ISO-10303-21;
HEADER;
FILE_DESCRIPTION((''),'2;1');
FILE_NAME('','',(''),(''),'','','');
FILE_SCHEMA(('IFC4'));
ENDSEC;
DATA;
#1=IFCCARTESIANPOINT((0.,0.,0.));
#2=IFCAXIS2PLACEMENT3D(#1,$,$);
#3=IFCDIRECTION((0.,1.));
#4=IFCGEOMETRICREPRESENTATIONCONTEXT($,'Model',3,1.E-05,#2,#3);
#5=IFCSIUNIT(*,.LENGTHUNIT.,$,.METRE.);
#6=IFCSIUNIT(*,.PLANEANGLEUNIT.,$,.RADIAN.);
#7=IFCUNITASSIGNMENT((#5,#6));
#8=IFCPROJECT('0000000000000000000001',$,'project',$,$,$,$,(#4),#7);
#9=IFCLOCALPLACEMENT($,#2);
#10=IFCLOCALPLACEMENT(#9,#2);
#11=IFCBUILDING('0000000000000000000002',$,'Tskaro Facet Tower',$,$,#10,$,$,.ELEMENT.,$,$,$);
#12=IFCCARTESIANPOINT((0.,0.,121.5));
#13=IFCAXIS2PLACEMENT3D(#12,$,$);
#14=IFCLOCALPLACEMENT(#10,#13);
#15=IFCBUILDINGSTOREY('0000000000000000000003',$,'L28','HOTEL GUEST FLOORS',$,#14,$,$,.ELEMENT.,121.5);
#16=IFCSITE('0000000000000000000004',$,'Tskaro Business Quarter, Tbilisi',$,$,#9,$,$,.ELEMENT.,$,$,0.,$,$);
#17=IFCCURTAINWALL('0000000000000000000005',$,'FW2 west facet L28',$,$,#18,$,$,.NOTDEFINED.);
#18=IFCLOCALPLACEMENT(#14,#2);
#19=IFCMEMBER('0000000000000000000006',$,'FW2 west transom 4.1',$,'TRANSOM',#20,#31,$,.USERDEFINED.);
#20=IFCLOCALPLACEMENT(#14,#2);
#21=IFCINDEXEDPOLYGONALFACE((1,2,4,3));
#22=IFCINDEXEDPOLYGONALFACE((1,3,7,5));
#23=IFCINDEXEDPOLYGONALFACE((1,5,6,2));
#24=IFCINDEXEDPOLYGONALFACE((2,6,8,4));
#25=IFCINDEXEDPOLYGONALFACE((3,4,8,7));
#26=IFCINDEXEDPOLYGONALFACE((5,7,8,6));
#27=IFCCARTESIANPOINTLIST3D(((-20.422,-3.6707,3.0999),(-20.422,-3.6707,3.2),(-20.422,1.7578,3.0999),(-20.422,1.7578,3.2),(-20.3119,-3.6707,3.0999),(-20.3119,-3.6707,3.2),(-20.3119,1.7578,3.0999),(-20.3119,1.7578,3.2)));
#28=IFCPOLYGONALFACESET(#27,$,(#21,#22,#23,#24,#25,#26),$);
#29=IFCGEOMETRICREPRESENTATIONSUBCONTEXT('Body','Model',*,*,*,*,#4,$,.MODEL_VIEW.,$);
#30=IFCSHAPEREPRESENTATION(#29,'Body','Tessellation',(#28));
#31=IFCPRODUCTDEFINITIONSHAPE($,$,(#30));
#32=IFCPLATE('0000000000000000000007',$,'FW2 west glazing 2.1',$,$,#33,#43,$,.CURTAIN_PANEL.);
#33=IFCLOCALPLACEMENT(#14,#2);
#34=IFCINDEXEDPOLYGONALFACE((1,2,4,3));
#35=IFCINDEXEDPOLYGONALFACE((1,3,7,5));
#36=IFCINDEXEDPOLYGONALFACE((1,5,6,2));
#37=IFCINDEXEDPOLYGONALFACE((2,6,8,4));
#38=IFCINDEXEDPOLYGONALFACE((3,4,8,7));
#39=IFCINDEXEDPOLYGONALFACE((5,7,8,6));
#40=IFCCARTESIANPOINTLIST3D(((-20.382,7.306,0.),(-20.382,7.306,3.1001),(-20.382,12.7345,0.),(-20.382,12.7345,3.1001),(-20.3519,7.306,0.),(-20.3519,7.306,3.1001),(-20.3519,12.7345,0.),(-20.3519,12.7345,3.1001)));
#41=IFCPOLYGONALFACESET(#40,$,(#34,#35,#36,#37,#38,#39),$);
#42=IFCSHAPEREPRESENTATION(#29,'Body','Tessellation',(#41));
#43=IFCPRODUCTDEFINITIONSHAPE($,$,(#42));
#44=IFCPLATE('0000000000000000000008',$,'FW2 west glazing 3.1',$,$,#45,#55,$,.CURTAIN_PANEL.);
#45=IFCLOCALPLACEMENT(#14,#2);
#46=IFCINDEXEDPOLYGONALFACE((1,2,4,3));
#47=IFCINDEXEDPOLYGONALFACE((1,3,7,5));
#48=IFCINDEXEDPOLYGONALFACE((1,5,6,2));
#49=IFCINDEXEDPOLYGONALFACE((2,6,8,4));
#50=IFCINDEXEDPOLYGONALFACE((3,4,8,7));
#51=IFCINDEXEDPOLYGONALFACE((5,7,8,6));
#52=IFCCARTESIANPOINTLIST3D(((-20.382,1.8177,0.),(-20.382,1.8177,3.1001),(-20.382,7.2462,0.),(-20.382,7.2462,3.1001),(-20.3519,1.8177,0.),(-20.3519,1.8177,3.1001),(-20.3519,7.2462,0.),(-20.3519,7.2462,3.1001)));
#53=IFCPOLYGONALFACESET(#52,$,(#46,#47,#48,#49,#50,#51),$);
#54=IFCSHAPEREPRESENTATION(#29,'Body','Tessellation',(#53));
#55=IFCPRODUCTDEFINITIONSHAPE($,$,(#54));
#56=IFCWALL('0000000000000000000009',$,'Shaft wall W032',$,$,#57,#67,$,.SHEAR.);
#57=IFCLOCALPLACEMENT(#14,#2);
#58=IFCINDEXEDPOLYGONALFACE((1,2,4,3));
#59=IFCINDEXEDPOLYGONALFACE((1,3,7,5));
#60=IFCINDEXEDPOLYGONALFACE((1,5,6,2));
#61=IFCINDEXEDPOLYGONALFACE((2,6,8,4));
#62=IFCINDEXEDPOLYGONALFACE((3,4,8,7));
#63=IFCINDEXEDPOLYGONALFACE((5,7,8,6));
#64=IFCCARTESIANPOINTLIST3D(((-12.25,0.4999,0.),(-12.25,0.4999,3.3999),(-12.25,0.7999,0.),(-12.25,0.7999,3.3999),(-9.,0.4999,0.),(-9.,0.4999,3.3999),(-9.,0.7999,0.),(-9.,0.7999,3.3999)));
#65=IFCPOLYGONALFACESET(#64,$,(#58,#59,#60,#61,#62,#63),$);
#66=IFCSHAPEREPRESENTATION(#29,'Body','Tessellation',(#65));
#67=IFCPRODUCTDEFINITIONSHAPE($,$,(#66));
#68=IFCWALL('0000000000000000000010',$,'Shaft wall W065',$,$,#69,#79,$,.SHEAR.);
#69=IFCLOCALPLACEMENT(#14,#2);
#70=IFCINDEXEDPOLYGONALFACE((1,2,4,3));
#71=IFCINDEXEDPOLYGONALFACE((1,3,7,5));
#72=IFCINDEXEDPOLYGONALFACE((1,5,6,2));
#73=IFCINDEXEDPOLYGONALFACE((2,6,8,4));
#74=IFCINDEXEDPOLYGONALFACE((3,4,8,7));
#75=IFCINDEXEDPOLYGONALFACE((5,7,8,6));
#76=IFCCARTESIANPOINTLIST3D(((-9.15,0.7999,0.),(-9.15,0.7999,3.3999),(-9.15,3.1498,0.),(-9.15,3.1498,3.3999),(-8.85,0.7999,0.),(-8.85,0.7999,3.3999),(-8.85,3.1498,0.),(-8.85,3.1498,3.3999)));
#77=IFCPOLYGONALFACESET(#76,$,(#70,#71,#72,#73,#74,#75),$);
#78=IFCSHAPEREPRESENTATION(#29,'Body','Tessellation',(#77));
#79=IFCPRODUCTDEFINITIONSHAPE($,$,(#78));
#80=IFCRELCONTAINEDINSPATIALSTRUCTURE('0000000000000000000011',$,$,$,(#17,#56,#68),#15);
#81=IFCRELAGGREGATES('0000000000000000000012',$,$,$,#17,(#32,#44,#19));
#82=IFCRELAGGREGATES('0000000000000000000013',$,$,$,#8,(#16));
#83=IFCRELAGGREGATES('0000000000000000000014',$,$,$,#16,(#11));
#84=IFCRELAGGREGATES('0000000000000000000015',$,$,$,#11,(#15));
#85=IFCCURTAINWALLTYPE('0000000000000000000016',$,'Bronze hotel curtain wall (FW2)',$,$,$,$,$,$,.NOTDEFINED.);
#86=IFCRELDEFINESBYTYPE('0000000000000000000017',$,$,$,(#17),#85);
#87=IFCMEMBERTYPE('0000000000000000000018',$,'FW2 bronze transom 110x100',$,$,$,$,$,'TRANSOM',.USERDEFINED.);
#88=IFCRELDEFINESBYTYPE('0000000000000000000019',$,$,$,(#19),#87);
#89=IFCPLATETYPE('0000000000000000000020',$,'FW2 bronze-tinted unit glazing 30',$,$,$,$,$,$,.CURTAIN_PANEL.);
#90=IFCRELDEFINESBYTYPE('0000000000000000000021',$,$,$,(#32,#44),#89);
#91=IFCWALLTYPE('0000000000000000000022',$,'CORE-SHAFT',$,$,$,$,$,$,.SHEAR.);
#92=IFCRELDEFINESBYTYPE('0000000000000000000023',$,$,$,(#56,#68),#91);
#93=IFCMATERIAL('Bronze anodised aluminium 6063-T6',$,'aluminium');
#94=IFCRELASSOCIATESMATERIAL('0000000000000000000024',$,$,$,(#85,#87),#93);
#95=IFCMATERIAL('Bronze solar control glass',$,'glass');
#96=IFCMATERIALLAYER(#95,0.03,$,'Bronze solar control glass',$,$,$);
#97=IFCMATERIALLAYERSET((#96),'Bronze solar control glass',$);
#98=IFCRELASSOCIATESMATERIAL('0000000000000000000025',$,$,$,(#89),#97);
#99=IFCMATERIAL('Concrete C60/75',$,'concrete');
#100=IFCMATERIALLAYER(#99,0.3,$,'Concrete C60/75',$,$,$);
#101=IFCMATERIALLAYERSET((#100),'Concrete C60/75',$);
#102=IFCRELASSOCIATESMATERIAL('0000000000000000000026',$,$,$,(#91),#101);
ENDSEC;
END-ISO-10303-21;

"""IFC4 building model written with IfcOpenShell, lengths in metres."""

from ifc_helpers import new_model, si_unit, direction, frame, frame_2d, origin, origin_2d, place, context, subcontext, project, spatial, rectangle, extrude, material, layer, layer_set, material_profile, profile_set, type_object, element, aggregate, save


model = new_model("IFC4")

# Units and contexts
model_context = context("Model", 3, precision=1e-05, world=origin(), true_north=direction((0.0, 1.0)))
body_context = subcontext(model_context, "Body", "Model", "MODEL_VIEW")
ifc_project = project(units=[si_unit("LENGTHUNIT", "METRE"), si_unit("PLANEANGLEUNIT", "RADIAN")], contexts=[model_context])

# Site, building, storey
site_placement = place(None, origin())
site = spatial("IfcSite", under=ifc_project, at=site_placement, Name="Tskaro Business Quarter, Tbilisi", CompositionType="ELEMENT", RefElevation=0.0)
building_placement = place(site_placement, origin())
building = spatial("IfcBuilding", under=site, at=building_placement, Name="Tskaro Facet Tower", CompositionType="ELEMENT")
storey_placement = place(building_placement, frame((0.0, 0.0, 121.5)))
storey = spatial("IfcBuildingStorey", under=building, at=storey_placement, Name="L28", Description="HOTEL GUEST FLOORS", CompositionType="ELEMENT", Elevation=121.5)

# Curtain wall, member, plates
ifc_material_1 = material(Name="Bronze anodised aluminium 6063-T6", Category="aluminium")
curtain_wall_type = type_object("IfcCurtainWallType", Name="Bronze hotel curtain wall (FW2)", PredefinedType="NOTDEFINED", material=ifc_material_1)
curtain_wall_placement = place(storey_placement, origin())
curtain_wall = element("IfcCurtainWall", 1, at=curtain_wall_placement, inside=storey, type_object=curtain_wall_type, Name="FW2 west facet L28", PredefinedType="NOTDEFINED")
ifc_material_profile_1 = material_profile(ifc_material_1, rectangle(XDim=0.1101, YDim=0.1001, at=origin_2d()), Name="Transom 110x100")
ifc_profile_set_1 = profile_set([ifc_material_profile_1], Name="Bronze anodised aluminium 6063-T6")
member_type_1 = type_object("IfcMemberType", Name="FW2 bronze transom 110x100", ElementType="TRANSOM", PredefinedType="USERDEFINED", material=ifc_profile_set_1)
member_1_placement = place(storey_placement, frame((-20.3669, 1.7578, 3.1499), z_axis=(0.0, -1.0, 0.0), x_axis=(1.0, 0.0, 0.0)))
member_1 = element("IfcMember", 2, at=member_1_placement, type_object=member_type_1, Name="FW2 west transom 4.1", ObjectType="TRANSOM", PredefinedType="USERDEFINED", context=body_context, shape_type="SweptSolid", body=[
    extrude(rectangle(XDim=0.1101, YDim=0.1001, at=origin_2d()), origin(), (0.0, 0.0, 1.0), 5.4285),
])
ifc_material_2 = material(Name="Bronze solar control glass", Category="glass")
ifc_layer_1 = layer(ifc_material_2, 0.03, Name="Bronze solar control glass")
ifc_layer_set_1 = layer_set([ifc_layer_1], Name="Bronze solar control glass")
plate_type = type_object("IfcPlateType", Name="FW2 bronze-tinted unit glazing 30", PredefinedType="CURTAIN_PANEL", material=ifc_layer_set_1)
plate_1_placement = place(storey_placement, frame((-20.3669, 10.0203, 0.0), z_axis=(0.0, 0.0, 1.0), x_axis=(0.0, -1.0, 0.0)))
plate_1 = element("IfcPlate", 3, at=plate_1_placement, type_object=plate_type, Name="FW2 west glazing 2.1", PredefinedType="CURTAIN_PANEL", context=body_context, shape_type="SweptSolid", body=[
    extrude(rectangle(XDim=5.4285, YDim=0.03, at=origin_2d()), origin(), (0.0, 0.0, 1.0), 3.1001),
])
plate_2_placement = place(storey_placement, frame((-20.3669, 4.532, 0.0), z_axis=(0.0, 0.0, 1.0), x_axis=(0.0, -1.0, 0.0)))
plate_2 = element("IfcPlate", 4, at=plate_2_placement, type_object=plate_type, Name="FW2 west glazing 3.1", PredefinedType="CURTAIN_PANEL", context=body_context, shape_type="SweptSolid", body=[
    extrude(rectangle(XDim=5.4285, YDim=0.03, at=origin_2d()), origin(), (0.0, 0.0, 1.0), 3.1001),
])
aggregate(curtain_wall, [plate_1, plate_2, member_1])

# Walls
ifc_material_3 = material(Name="Concrete C60/75", Category="concrete")
ifc_layer_2 = layer(ifc_material_3, 0.3, Name="Concrete C60/75")
ifc_layer_set_2 = layer_set([ifc_layer_2], Name="Concrete C60/75")
wall_type_1 = type_object("IfcWallType", Name="CORE-SHAFT", PredefinedType="SHEAR", material=ifc_layer_set_2)
wall_1_placement = place(storey_placement, frame((-9.0, 0.6499, 0.0), z_axis=(0.0, 0.0, 1.0), x_axis=(-1.0, 0.0, 0.0)))
element("IfcWall", 5, at=wall_1_placement, inside=storey, type_object=wall_type_1, Name="Shaft wall W032", PredefinedType="SHEAR", context=body_context, shape_type="SweptSolid", body=[
    extrude(rectangle(XDim=3.25, YDim=0.3, at=frame_2d((1.625, 0.0))), origin(), (0.0, 0.0, 1.0), 3.3999),
])
wall_2_placement = place(storey_placement, frame((-9.0, 0.8, 0.0), z_axis=(0.0, 0.0, 1.0), x_axis=(0.0, 1.0, 0.0)))
element("IfcWall", 6, at=wall_2_placement, inside=storey, type_object=wall_type_1, Name="Shaft wall W065", PredefinedType="SHEAR", context=body_context, shape_type="SweptSolid", body=[
    extrude(rectangle(XDim=2.3499, YDim=0.3, at=frame_2d((1.1748, 0.0))), origin(), (0.0, 0.0, 1.0), 3.3999),
])

save(model, "model.ifc")
